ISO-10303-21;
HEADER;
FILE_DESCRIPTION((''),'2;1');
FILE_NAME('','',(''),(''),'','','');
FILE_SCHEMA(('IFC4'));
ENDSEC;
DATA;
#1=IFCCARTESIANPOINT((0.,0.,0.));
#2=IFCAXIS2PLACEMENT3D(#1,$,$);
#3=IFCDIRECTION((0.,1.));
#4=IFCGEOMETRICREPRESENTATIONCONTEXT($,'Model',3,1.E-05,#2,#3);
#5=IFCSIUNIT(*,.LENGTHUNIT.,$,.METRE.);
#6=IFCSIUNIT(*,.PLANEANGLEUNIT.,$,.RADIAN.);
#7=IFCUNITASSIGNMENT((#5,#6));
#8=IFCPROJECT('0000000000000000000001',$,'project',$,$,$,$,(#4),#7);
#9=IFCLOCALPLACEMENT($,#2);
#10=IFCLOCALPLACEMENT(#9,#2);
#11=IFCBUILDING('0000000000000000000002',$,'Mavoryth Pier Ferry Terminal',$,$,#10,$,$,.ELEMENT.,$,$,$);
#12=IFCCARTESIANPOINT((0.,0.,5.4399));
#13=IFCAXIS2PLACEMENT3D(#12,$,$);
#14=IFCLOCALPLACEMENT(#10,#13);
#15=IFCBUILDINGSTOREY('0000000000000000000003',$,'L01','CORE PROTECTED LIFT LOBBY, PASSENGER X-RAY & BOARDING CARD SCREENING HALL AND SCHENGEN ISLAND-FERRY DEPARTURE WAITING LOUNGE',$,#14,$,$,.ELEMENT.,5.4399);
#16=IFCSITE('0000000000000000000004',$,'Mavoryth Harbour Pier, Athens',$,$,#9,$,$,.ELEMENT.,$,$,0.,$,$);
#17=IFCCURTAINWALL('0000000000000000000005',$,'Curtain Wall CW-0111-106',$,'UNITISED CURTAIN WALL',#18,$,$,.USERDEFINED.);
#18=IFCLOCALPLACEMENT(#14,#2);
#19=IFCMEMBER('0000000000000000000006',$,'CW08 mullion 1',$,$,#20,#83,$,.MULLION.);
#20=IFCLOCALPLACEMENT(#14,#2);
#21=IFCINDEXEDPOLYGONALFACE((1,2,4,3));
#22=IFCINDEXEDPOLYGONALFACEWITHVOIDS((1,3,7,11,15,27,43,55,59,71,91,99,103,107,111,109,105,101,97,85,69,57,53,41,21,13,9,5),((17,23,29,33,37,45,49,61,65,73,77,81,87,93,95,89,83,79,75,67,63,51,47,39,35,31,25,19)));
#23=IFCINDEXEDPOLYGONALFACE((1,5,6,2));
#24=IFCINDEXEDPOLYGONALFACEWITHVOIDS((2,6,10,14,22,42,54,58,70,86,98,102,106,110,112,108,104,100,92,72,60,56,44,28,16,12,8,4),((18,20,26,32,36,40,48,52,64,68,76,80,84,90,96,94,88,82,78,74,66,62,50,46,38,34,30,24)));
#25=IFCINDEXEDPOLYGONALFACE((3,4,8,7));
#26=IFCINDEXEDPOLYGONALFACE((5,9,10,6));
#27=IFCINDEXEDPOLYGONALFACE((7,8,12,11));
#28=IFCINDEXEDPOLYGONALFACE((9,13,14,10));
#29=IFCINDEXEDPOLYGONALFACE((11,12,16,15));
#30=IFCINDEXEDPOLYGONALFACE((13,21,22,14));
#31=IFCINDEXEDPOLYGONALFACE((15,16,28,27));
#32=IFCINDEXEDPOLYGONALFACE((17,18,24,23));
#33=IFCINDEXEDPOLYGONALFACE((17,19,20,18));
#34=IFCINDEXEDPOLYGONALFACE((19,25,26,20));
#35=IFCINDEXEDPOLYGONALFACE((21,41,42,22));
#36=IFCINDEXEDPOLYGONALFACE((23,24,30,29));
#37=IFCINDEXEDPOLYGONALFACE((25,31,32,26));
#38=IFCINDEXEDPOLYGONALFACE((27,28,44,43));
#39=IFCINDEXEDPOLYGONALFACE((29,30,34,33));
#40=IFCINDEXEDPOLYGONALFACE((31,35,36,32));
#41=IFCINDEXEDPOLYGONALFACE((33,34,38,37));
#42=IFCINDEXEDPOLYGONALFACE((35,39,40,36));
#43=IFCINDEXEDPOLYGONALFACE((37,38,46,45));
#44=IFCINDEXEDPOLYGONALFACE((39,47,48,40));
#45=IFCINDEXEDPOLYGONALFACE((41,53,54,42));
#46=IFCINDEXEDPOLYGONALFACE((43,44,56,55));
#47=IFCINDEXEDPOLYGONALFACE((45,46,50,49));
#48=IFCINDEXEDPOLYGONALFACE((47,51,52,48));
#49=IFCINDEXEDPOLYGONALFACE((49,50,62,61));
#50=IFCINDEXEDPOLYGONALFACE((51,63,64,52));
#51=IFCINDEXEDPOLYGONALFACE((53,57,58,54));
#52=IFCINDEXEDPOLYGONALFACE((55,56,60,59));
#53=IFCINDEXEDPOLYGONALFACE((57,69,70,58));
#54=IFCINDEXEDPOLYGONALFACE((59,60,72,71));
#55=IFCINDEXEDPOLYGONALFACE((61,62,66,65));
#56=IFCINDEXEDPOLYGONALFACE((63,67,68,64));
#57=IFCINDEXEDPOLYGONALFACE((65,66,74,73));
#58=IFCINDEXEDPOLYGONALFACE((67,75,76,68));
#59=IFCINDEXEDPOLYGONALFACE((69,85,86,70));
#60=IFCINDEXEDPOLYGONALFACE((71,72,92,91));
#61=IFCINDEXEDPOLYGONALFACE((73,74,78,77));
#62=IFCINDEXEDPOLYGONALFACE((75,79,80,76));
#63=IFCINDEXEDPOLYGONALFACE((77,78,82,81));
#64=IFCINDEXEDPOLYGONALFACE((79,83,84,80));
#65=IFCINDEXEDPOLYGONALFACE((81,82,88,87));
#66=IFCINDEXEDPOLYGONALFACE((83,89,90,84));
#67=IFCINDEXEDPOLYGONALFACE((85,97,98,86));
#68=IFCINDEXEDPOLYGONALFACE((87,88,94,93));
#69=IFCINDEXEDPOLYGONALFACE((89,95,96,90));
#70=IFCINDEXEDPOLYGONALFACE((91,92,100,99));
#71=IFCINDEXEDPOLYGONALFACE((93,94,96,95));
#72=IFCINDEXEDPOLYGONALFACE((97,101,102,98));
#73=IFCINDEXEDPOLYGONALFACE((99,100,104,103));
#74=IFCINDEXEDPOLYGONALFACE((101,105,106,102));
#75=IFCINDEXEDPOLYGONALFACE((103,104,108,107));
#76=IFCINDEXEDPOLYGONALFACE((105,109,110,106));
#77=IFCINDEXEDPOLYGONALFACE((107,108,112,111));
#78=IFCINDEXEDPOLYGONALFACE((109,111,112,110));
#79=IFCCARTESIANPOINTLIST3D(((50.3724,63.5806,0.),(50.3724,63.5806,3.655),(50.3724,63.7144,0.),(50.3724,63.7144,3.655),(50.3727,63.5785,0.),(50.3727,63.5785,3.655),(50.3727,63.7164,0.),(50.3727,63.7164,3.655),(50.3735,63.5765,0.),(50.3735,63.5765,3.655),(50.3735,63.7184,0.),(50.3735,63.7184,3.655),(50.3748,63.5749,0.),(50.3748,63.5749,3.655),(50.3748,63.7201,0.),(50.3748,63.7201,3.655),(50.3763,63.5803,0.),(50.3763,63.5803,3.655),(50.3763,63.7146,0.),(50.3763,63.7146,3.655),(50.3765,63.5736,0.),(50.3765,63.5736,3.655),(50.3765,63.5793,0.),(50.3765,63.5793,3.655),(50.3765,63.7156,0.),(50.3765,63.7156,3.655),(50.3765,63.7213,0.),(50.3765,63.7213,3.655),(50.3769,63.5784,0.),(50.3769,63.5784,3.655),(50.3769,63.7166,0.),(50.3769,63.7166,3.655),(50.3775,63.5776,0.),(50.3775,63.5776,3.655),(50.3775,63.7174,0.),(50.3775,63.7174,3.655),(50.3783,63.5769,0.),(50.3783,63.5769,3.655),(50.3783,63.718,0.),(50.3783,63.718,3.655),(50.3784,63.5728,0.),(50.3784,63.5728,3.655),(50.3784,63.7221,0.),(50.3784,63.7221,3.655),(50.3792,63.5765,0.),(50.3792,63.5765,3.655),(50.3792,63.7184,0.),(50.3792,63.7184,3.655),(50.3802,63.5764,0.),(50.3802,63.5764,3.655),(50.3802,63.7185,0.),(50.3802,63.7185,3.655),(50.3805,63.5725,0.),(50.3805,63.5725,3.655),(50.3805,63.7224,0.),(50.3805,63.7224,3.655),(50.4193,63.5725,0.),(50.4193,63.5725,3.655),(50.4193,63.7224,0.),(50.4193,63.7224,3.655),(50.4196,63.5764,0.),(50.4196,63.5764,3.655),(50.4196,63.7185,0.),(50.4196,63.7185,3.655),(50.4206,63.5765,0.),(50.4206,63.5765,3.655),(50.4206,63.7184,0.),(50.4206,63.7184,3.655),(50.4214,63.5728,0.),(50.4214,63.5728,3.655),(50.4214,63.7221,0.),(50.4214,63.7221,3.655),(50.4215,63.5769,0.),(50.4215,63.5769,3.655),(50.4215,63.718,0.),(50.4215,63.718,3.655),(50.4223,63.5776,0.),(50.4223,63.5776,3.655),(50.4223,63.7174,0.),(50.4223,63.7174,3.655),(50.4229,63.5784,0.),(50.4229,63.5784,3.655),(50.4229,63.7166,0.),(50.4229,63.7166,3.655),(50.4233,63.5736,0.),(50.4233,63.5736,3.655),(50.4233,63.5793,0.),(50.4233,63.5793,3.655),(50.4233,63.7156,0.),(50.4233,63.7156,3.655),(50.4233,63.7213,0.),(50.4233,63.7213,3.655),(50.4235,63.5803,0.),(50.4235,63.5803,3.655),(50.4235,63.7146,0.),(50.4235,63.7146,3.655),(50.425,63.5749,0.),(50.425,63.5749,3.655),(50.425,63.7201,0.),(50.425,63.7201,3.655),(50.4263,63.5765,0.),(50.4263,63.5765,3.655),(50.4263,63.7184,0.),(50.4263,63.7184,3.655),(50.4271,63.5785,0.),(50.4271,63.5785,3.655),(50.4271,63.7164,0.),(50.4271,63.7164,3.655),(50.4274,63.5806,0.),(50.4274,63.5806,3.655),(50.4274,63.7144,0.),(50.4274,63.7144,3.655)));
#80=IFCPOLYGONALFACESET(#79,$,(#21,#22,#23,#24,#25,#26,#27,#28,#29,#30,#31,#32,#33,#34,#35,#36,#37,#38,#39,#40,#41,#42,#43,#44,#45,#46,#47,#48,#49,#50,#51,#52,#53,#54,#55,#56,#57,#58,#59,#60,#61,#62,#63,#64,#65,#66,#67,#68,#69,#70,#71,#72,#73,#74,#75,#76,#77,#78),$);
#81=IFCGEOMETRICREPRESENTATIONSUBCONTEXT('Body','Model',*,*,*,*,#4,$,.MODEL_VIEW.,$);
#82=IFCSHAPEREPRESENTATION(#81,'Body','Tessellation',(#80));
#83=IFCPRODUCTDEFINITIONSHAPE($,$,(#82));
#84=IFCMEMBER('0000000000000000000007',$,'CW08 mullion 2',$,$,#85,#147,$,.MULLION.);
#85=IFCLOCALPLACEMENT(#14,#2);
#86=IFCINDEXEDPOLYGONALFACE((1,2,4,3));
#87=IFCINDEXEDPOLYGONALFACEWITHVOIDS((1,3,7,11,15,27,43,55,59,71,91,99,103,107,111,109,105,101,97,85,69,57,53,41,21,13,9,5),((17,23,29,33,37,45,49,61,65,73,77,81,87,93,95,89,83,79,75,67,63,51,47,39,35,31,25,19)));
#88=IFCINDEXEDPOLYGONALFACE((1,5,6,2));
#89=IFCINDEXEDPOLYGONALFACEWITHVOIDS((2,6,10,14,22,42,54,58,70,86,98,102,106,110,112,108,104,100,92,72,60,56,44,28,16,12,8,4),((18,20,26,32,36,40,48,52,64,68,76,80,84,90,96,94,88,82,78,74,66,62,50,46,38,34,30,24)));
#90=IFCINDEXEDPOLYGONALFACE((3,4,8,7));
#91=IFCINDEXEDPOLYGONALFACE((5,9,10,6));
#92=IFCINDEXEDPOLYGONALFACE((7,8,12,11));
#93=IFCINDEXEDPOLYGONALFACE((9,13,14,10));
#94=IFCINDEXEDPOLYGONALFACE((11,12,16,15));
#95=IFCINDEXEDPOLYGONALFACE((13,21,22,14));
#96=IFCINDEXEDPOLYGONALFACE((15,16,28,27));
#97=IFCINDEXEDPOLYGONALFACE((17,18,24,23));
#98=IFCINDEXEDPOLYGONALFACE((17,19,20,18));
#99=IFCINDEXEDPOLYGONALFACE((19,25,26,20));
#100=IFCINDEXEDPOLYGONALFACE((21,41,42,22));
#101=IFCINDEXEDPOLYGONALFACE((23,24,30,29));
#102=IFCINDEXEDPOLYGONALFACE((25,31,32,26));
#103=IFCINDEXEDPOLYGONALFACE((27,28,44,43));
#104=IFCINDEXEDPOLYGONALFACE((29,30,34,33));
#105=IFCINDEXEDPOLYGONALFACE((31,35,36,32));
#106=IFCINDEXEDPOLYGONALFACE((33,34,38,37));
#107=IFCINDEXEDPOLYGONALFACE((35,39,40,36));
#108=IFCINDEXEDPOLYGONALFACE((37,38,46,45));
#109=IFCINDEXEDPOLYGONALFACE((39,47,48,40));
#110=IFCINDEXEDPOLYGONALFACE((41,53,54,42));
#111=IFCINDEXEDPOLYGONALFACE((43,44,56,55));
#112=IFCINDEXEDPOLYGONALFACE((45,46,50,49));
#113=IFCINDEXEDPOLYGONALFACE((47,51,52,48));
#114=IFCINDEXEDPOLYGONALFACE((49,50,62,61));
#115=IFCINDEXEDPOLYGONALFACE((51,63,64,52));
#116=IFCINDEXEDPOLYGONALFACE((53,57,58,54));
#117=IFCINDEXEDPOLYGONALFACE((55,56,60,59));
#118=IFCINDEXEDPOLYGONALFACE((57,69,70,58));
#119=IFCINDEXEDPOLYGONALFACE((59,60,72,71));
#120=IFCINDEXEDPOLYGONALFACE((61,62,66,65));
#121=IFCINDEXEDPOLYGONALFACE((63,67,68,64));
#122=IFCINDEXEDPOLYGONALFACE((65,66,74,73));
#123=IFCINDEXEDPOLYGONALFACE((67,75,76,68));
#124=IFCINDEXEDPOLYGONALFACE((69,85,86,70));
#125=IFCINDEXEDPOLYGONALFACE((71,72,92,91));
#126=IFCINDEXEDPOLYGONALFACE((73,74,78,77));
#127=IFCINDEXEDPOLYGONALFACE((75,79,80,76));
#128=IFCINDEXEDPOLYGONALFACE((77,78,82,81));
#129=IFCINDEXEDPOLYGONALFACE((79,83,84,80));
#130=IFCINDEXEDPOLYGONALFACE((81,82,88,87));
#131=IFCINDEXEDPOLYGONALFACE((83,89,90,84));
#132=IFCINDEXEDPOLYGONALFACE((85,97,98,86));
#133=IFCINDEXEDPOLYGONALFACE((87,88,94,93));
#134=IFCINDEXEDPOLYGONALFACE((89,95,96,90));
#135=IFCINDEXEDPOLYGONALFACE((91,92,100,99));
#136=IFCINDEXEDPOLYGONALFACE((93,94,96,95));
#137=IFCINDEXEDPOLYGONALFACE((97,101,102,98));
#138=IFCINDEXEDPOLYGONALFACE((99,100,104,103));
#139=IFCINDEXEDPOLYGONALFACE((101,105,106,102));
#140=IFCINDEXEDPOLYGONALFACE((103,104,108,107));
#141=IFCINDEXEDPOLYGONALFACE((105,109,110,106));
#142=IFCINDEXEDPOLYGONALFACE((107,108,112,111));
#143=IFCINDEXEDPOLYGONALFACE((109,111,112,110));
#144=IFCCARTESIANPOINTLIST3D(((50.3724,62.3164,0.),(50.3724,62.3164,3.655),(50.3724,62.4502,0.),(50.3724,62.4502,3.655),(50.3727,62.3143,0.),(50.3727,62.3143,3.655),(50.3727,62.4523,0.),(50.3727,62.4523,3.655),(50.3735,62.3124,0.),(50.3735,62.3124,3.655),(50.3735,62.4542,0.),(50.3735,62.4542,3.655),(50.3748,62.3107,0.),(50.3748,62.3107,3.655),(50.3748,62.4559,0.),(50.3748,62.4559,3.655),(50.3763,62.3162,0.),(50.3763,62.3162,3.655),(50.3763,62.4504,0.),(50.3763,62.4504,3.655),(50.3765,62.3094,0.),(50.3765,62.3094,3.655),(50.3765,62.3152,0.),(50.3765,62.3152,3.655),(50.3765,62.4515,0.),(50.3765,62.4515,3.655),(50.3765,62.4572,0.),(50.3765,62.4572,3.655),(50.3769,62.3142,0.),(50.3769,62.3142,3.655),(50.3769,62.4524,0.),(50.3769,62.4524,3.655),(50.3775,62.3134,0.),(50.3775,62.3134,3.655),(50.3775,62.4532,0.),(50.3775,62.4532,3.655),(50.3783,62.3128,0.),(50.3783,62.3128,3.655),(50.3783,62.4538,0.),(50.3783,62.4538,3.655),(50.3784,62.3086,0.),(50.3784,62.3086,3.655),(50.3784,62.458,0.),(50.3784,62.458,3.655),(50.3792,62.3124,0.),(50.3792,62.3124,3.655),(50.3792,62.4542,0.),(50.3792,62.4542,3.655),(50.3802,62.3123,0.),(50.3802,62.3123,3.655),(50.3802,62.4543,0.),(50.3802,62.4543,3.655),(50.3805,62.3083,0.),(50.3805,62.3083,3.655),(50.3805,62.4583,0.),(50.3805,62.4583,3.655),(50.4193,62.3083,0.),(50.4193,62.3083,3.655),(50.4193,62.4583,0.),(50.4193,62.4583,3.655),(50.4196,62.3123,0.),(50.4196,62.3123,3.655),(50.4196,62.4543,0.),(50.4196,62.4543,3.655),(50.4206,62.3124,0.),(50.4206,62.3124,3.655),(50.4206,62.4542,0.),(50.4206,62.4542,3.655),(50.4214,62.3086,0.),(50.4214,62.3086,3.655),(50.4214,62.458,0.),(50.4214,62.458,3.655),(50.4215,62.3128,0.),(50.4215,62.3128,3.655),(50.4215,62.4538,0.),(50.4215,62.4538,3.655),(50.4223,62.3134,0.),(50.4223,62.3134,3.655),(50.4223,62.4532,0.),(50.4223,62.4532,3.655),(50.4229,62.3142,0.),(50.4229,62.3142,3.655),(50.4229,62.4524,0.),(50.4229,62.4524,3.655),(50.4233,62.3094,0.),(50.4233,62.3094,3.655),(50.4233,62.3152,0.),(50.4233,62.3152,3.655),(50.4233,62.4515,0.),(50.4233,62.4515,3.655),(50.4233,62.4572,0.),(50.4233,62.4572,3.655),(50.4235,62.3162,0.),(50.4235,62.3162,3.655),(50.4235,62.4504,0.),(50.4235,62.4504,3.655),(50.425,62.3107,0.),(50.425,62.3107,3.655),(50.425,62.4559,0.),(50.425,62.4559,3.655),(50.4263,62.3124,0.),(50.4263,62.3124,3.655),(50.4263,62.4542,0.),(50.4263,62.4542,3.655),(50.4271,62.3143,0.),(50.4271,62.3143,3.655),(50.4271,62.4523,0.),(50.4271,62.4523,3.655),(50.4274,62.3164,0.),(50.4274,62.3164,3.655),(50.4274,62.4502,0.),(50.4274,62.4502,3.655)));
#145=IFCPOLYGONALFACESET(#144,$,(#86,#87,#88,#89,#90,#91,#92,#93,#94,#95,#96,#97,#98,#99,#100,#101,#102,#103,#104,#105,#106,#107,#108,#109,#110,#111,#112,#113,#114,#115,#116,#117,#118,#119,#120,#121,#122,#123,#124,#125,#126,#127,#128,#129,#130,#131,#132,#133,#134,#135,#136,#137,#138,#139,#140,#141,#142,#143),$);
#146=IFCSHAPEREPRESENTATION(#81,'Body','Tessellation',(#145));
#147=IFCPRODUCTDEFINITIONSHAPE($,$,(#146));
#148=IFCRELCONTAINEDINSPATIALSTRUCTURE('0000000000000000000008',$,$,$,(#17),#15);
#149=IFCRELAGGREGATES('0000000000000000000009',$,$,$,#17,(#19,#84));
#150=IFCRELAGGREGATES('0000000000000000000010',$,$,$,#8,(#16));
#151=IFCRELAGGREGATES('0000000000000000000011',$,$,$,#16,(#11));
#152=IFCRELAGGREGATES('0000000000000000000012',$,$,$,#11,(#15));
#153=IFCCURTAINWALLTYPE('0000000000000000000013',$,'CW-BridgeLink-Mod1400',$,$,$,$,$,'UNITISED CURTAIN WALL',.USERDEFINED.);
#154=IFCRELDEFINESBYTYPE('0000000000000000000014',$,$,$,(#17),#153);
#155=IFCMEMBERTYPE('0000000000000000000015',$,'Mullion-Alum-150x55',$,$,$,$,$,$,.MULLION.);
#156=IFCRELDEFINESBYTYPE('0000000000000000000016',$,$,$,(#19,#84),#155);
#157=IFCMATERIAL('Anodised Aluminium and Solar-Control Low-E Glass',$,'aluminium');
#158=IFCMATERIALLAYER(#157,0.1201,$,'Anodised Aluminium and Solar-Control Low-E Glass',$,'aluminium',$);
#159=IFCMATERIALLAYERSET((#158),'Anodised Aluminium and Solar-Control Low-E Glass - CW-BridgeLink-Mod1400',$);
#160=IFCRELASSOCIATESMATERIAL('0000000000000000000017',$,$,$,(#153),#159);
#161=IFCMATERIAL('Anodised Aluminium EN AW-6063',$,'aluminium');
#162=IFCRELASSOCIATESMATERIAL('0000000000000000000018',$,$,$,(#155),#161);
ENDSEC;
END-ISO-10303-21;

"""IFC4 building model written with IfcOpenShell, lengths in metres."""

from ifc_helpers import new_model, si_unit, direction, frame, origin, origin_2d, place, context, subcontext, project, spatial, hollow_rectangle, extrude, material, layer, layer_set, material_profile, profile_set, type_object, element, aggregate, save


model = new_model("IFC4")

# Units and contexts
model_context = context("Model", 3, precision=1e-05, world=origin(), true_north=direction((0.0, 1.0)))
body_context = subcontext(model_context, "Body", "Model", "MODEL_VIEW")
ifc_project = project(units=[si_unit("LENGTHUNIT", "METRE"), si_unit("PLANEANGLEUNIT", "RADIAN")], contexts=[model_context])

# Site, building, storey
site_placement = place(None, origin())
site = spatial("IfcSite", under=ifc_project, at=site_placement, Name="Mavoryth Harbour Pier, Athens", CompositionType="ELEMENT", RefElevation=0.0)
building_placement = place(site_placement, origin())
building = spatial("IfcBuilding", under=site, at=building_placement, Name="Mavoryth Pier Ferry Terminal", CompositionType="ELEMENT")
storey_placement = place(building_placement, frame((0.0, 0.0, 5.4399)))
storey = spatial("IfcBuildingStorey", under=building, at=storey_placement, Name="L01", Description="CORE PROTECTED LIFT LOBBY, PASSENGER X-RAY & BOARDING CARD SCREENING HALL AND SCHENGEN ISLAND-FERRY DEPARTURE WAITING LOUNGE", CompositionType="ELEMENT", Elevation=5.4399)

# Curtain wall, members
ifc_material_1 = material(Name="Anodised Aluminium and Solar-Control Low-E Glass", Category="aluminium")
ifc_layer_1 = layer(ifc_material_1, 0.1201, Name="Anodised Aluminium and Solar-Control Low-E Glass", Category="aluminium")
ifc_layer_set_1 = layer_set([ifc_layer_1], Name="Anodised Aluminium and Solar-Control Low-E Glass - CW-BridgeLink-Mod1400")
curtain_wall_type = type_object("IfcCurtainWallType", Name="CW-BridgeLink-Mod1400", ElementType="UNITISED CURTAIN WALL", PredefinedType="USERDEFINED", material=ifc_layer_set_1)
curtain_wall_1_placement = place(storey_placement, origin())
curtain_wall_1 = element("IfcCurtainWall", 1, at=curtain_wall_1_placement, inside=storey, type_object=curtain_wall_type, Name="Curtain Wall CW-0111-106", ObjectType="UNITISED CURTAIN WALL", PredefinedType="USERDEFINED")
ifc_material_2 = material(Name="Anodised Aluminium EN AW-6063", Category="aluminium")
ifc_material_profile_1 = material_profile(ifc_material_2, hollow_rectangle(XDim=0.0549, YDim=0.1499, WallThickness=0.0039, InnerFilletRadius=0.0039, OuterFilletRadius=0.0081, at=origin_2d()), Name="AL-MULL 150x55x4", Category="aluminium")
ifc_profile_set_1 = profile_set([ifc_material_profile_1], Name="Anodised Aluminium EN AW-6063 - AL-MULL 150x55x4")
member_type_1 = type_object("IfcMemberType", Name="Mullion-Alum-150x55", PredefinedType="MULLION", material=ifc_profile_set_1)
member_1_placement = place(storey_placement, frame((50.3999, 63.6475, 0.0), z_axis=(0.0, 0.0, 1.0), x_axis=(1.0, 0.0, 0.0)))
member_1 = element("IfcMember", 2, at=member_1_placement, type_object=member_type_1, Name="CW08 mullion 1", PredefinedType="MULLION", context=body_context, shape_type="SweptSolid", body=[
    extrude(hollow_rectangle(XDim=0.0549, YDim=0.1499, WallThickness=0.0039, InnerFilletRadius=0.0039, OuterFilletRadius=0.0081, at=origin_2d()), origin(), (0.0, 0.0, 1.0), 3.655),
])
member_2_placement = place(storey_placement, frame((50.3999, 62.3833, 0.0), z_axis=(0.0, 0.0, 1.0), x_axis=(1.0, 0.0, 0.0)))
member_2 = element("IfcMember", 3, at=member_2_placement, type_object=member_type_1, Name="CW08 mullion 2", PredefinedType="MULLION", context=body_context, shape_type="SweptSolid", body=[
    extrude(hollow_rectangle(XDim=0.0549, YDim=0.1499, WallThickness=0.0039, InnerFilletRadius=0.0039, OuterFilletRadius=0.0081, at=origin_2d()), origin(), (0.0, 0.0, 1.0), 3.655),
])

aggregate(curtain_wall_1, [member_1, member_2])

save(model, "model.ifc")
